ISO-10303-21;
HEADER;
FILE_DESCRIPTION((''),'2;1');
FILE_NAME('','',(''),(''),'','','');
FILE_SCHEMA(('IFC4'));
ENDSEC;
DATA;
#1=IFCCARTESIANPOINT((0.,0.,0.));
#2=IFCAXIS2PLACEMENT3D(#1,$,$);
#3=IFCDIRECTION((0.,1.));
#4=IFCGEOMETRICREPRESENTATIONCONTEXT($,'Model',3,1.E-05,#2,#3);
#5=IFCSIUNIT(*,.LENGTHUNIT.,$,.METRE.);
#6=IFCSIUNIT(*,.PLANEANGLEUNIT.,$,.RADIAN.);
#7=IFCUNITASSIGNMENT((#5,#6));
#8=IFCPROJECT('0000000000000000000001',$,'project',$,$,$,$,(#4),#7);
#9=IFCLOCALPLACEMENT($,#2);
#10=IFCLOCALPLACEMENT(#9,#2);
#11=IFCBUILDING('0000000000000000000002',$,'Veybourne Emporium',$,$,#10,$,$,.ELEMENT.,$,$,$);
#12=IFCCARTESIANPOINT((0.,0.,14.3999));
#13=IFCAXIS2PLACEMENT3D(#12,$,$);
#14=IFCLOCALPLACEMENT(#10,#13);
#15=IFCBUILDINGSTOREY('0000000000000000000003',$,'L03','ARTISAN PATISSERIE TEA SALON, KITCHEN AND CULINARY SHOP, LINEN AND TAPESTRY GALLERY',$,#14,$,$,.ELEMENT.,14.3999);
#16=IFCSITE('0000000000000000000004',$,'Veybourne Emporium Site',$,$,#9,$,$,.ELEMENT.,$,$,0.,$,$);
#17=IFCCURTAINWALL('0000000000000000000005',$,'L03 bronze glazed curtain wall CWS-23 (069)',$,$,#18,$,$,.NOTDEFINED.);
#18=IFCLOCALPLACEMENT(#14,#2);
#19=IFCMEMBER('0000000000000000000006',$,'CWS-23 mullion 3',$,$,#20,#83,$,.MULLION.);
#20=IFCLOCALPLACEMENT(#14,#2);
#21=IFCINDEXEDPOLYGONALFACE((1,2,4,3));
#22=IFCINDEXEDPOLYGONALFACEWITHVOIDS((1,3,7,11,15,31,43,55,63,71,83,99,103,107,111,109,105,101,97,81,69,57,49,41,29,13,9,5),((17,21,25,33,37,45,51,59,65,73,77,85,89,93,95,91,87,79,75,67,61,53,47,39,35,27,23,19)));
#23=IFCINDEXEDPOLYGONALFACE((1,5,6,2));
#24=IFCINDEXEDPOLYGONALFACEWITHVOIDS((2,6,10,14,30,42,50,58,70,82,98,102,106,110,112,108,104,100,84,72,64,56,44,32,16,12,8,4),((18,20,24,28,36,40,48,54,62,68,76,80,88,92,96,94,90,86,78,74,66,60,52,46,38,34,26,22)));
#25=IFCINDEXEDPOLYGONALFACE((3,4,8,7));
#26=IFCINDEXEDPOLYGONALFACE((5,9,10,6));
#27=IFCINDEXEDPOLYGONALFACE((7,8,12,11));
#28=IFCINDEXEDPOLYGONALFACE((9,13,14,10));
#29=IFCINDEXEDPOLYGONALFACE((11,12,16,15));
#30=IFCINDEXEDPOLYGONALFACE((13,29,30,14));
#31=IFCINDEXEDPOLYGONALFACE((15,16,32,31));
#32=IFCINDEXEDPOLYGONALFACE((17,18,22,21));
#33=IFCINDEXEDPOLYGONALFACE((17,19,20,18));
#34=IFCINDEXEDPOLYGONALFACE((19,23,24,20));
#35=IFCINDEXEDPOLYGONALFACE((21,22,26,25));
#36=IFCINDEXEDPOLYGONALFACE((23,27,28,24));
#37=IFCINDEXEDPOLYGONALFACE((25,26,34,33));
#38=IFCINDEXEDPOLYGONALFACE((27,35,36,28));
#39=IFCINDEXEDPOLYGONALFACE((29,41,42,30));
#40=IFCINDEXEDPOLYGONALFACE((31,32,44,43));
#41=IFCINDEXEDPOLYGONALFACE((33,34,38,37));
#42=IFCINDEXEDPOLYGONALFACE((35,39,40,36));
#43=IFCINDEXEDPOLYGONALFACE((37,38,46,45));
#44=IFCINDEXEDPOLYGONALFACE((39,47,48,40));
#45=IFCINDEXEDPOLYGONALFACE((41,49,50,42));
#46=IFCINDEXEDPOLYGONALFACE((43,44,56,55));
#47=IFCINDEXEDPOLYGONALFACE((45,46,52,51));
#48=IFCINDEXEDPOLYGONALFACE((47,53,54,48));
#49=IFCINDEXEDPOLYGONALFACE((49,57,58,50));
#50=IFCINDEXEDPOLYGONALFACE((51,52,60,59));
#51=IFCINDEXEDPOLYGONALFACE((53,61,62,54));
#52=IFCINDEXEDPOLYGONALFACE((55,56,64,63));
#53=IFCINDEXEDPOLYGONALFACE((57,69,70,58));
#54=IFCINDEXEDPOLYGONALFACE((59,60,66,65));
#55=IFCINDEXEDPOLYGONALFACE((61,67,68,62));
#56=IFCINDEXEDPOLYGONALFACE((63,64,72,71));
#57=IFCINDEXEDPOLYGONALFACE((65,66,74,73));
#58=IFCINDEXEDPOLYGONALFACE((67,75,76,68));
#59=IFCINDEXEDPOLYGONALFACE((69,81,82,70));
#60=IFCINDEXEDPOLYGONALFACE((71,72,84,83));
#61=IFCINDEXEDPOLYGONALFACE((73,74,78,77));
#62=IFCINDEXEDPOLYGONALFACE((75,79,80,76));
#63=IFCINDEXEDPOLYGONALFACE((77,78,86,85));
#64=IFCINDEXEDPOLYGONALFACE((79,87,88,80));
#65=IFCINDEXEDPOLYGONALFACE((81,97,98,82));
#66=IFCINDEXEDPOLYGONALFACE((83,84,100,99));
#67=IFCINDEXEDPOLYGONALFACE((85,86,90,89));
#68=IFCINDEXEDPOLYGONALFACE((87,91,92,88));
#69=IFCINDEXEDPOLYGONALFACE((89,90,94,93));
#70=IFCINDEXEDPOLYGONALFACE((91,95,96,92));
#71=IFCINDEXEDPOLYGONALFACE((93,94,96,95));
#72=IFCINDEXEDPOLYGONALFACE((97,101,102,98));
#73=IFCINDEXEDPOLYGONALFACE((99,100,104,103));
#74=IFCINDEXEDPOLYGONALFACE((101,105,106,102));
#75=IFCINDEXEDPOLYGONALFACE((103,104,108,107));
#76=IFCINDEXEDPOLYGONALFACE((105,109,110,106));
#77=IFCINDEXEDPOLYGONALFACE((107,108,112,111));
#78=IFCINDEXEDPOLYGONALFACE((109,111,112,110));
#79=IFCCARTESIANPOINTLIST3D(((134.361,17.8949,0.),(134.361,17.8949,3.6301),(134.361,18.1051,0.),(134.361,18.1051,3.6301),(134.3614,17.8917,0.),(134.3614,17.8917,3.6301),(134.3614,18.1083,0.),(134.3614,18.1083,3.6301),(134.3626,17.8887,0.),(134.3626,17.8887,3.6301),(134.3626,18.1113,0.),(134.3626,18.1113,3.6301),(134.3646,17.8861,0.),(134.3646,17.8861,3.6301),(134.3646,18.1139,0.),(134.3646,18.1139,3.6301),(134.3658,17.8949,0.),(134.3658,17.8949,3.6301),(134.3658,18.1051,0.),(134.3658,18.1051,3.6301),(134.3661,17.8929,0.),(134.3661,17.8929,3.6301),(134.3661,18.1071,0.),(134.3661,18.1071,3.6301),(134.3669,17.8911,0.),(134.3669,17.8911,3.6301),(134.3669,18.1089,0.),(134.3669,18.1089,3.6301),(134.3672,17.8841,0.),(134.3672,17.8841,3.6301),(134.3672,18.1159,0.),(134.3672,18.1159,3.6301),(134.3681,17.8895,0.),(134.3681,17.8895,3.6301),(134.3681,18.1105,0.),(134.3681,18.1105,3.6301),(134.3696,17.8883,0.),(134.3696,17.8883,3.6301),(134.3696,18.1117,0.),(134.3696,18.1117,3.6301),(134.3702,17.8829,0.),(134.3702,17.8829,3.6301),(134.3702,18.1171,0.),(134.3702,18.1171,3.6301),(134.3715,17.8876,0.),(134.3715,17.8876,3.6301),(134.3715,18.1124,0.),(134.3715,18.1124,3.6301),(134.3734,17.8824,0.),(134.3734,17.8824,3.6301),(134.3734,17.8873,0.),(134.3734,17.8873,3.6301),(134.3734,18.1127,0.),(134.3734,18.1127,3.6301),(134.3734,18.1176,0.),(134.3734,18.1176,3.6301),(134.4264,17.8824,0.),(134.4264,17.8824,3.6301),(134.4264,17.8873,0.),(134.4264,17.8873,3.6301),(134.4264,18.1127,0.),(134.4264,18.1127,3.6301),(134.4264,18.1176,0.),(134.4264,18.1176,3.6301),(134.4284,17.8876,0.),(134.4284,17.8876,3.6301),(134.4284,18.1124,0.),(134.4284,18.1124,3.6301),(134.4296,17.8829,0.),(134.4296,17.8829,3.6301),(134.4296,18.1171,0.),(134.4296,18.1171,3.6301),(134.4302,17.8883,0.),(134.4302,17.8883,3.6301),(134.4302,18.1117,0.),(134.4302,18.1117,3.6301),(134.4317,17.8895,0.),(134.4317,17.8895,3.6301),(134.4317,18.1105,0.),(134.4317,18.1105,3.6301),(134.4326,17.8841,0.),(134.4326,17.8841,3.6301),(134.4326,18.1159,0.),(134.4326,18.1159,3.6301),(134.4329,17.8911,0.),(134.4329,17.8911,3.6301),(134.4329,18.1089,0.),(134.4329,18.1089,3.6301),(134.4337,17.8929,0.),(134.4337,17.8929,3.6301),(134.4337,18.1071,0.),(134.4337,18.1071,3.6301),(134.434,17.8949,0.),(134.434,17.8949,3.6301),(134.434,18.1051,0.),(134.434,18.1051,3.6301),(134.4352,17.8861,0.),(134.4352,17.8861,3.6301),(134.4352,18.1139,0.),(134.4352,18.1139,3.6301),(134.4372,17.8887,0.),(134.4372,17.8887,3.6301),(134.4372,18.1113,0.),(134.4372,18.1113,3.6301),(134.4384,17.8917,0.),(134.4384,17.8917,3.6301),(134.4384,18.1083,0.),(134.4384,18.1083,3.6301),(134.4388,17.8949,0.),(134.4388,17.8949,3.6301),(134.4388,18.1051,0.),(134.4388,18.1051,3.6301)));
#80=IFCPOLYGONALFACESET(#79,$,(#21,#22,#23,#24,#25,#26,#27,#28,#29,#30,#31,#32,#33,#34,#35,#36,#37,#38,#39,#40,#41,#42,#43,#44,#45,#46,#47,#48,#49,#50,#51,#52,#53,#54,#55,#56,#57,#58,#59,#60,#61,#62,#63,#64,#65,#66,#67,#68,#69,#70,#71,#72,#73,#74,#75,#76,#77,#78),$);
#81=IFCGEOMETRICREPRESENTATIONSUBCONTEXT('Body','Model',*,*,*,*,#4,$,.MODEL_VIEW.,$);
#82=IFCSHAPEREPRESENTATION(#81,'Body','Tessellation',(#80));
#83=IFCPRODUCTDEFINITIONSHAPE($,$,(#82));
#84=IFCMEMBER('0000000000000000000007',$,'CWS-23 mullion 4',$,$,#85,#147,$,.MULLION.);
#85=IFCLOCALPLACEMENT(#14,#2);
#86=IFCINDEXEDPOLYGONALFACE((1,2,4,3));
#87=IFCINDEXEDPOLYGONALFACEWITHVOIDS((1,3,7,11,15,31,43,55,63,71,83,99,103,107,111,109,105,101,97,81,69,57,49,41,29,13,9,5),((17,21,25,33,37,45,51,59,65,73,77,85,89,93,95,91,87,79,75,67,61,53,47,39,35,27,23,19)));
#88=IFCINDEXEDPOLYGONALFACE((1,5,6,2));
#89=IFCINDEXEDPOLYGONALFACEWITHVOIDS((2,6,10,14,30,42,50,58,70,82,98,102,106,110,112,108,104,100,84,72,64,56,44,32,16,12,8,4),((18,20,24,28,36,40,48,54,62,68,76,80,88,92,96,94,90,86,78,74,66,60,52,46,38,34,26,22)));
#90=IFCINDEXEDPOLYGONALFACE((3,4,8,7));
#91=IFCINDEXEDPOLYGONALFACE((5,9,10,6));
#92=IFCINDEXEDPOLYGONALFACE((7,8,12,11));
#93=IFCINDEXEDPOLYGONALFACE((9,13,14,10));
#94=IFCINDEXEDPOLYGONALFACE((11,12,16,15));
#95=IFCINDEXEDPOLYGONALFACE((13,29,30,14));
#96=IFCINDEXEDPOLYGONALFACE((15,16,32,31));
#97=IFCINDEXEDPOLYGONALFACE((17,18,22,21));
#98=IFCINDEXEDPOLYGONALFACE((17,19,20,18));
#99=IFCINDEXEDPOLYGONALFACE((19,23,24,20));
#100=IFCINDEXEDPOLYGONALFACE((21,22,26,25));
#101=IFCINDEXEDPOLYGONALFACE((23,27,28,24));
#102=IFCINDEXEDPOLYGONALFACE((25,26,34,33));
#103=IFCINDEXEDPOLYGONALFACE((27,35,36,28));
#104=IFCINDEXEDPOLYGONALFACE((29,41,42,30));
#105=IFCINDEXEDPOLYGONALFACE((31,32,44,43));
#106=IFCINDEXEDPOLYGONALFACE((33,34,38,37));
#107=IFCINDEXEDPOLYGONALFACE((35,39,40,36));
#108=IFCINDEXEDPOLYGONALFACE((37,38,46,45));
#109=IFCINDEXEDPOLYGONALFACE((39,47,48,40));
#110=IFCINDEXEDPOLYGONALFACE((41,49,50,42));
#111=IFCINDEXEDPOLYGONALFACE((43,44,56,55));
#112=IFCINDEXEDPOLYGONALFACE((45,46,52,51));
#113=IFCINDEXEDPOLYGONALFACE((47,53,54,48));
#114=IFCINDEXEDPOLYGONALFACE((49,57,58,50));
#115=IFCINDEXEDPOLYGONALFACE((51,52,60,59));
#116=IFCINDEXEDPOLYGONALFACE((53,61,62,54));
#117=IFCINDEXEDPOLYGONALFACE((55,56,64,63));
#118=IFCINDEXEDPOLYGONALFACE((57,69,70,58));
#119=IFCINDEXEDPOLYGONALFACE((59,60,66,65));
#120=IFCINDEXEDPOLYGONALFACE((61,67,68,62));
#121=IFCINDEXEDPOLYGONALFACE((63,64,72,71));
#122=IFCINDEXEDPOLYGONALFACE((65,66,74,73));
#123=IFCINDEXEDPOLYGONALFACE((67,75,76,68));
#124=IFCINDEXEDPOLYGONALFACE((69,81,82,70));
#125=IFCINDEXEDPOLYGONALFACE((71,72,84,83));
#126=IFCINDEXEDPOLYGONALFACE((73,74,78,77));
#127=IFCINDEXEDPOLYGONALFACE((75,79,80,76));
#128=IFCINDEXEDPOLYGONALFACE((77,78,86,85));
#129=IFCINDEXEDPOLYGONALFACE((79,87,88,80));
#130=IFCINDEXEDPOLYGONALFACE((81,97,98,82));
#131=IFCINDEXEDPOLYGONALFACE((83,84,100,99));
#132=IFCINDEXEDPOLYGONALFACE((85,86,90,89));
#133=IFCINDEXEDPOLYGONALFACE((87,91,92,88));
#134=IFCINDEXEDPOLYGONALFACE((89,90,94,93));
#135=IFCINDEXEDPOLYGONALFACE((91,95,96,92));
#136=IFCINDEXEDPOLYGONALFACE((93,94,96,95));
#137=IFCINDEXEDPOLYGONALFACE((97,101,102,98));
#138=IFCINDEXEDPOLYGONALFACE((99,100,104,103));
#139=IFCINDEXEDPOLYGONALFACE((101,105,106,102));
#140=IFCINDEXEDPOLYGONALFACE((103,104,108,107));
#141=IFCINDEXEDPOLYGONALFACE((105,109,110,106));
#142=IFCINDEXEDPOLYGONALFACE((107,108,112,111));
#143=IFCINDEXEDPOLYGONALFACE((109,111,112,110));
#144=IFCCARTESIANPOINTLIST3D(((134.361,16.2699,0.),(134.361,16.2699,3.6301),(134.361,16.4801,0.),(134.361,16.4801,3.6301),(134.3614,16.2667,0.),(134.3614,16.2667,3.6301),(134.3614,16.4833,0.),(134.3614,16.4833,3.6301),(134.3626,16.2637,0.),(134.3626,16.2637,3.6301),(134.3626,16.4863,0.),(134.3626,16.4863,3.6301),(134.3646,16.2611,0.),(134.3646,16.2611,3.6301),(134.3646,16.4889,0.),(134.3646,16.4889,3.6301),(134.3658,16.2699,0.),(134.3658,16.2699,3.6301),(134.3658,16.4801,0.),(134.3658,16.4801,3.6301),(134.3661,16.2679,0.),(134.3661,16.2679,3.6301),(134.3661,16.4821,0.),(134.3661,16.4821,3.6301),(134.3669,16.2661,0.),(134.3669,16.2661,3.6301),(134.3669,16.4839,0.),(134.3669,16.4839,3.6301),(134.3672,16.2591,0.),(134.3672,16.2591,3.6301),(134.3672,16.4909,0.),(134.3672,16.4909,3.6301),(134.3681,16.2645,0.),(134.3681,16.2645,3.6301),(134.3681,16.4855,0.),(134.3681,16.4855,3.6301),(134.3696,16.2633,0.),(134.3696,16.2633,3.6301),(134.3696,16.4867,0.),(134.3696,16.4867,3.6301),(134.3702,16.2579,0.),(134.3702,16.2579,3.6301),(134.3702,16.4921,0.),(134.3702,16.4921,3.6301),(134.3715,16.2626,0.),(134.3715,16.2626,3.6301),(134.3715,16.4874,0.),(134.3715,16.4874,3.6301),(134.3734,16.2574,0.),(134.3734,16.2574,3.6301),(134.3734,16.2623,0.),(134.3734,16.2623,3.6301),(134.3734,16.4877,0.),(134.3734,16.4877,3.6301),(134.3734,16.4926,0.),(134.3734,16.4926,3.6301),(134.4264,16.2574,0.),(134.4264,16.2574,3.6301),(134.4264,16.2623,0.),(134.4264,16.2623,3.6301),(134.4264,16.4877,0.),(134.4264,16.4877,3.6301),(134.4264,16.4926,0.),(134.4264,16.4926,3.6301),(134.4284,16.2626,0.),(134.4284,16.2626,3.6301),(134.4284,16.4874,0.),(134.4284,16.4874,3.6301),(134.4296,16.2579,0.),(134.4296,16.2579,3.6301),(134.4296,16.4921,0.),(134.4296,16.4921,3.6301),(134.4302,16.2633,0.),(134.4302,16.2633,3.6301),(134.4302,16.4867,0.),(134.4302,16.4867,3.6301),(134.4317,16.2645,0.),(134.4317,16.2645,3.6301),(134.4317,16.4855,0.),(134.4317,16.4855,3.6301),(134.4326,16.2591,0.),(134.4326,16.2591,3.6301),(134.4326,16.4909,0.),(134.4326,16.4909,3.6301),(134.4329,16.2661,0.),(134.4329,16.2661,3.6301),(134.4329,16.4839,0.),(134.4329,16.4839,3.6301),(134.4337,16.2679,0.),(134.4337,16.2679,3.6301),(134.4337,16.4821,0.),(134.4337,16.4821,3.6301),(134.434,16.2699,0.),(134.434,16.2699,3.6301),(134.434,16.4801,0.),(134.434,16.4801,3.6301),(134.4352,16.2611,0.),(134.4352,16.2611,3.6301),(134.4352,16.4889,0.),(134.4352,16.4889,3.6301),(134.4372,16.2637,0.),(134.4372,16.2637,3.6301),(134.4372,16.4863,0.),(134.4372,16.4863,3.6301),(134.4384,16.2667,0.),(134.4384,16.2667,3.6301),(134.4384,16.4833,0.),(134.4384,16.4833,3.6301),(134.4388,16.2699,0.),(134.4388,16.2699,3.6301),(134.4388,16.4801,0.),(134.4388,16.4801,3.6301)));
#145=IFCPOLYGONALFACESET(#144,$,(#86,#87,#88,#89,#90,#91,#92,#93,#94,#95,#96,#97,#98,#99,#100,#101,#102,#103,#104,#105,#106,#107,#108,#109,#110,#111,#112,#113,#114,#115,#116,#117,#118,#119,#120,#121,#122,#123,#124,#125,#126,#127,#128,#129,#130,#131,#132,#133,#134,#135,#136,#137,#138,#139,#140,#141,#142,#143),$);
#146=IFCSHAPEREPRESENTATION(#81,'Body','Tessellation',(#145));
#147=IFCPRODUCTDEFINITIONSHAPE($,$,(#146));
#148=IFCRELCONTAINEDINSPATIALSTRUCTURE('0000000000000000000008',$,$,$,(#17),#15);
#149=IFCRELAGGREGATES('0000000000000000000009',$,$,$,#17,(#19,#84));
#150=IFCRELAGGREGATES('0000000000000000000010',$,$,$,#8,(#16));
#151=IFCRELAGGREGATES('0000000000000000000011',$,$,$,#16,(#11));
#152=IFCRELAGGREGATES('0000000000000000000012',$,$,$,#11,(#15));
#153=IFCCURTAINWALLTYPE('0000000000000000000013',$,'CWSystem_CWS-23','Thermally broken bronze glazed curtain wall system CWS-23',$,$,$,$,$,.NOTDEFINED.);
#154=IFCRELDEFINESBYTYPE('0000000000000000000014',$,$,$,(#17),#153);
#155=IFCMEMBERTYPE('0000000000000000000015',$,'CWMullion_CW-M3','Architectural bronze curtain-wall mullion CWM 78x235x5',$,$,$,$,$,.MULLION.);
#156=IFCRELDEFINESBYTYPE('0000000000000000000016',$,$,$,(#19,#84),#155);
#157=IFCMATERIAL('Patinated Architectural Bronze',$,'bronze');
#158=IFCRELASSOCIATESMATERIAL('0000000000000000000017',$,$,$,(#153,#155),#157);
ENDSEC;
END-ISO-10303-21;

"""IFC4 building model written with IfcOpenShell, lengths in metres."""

from ifc_helpers import new_model, si_unit, direction, frame, origin, origin_2d, place, context, subcontext, project, spatial, hollow_rectangle, extrude, material, material_profile, profile_set, type_object, element, aggregate, save


model = new_model("IFC4")

# Units and contexts
model_context = context("Model", 3, precision=1e-05, world=origin(), true_north=direction((0.0, 1.0)))
body_context = subcontext(model_context, "Body", "Model", "MODEL_VIEW")
ifc_project = project(units=[si_unit("LENGTHUNIT", "METRE"), si_unit("PLANEANGLEUNIT", "RADIAN")], contexts=[model_context])

# Site, building, storey
site_placement = place(None, origin())
site = spatial("IfcSite", under=ifc_project, at=site_placement, Name="Veybourne Emporium Site", CompositionType="ELEMENT", RefElevation=0.0)
building_placement = place(site_placement, origin())
building = spatial("IfcBuilding", under=site, at=building_placement, Name="Veybourne Emporium", CompositionType="ELEMENT")
storey_placement = place(building_placement, frame((0.0, 0.0, 14.3999)))
storey = spatial("IfcBuildingStorey", under=building, at=storey_placement, Name="L03", Description="ARTISAN PATISSERIE TEA SALON, KITCHEN AND CULINARY SHOP, LINEN AND TAPESTRY GALLERY", CompositionType="ELEMENT", Elevation=14.3999)

# Curtain wall, members
ifc_material_1 = material(Name="Patinated Architectural Bronze", Category="bronze")
curtain_wall_type = type_object("IfcCurtainWallType", Name="CWSystem_CWS-23", Description="Thermally broken bronze glazed curtain wall system CWS-23", PredefinedType="NOTDEFINED", material=ifc_material_1)
curtain_wall_placement = place(storey_placement, origin())
curtain_wall = element("IfcCurtainWall", 1, at=curtain_wall_placement, inside=storey, type_object=curtain_wall_type, Name="L03 bronze glazed curtain wall CWS-23 (069)", PredefinedType="NOTDEFINED")
ifc_material_profile_1 = material_profile(ifc_material_1, hollow_rectangle(XDim=0.0779, YDim=0.2351, WallThickness=0.0049, InnerFilletRadius=0.0076, OuterFilletRadius=0.0125, at=origin_2d()), Name="CWM 78x235x5")
ifc_profile_set_1 = profile_set([ifc_material_profile_1], Name="Patinated Architectural Bronze")
member_type_1 = type_object("IfcMemberType", Name="CWMullion_CW-M3", Description="Architectural bronze curtain-wall mullion CWM 78x235x5", PredefinedType="MULLION", material=ifc_profile_set_1)
member_1_placement = place(storey_placement, frame((134.3999, 18.0, 0.0), z_axis=(0.0, 0.0, 1.0), x_axis=(1.0, 0.0, 0.0)))
member_1 = element("IfcMember", 2, at=member_1_placement, type_object=member_type_1, Name="CWS-23 mullion 3", PredefinedType="MULLION", context=body_context, shape_type="SweptSolid", body=[
    extrude(hollow_rectangle(XDim=0.0779, YDim=0.2351, WallThickness=0.0049, InnerFilletRadius=0.0076, OuterFilletRadius=0.0125, at=origin_2d()), origin(), (0.0, 0.0, 1.0), 3.6301),
])
member_2_placement = place(storey_placement, frame((134.3999, 16.375, 0.0), z_axis=(0.0, 0.0, 1.0), x_axis=(1.0, 0.0, 0.0)))
member_2 = element("IfcMember", 3, at=member_2_placement, type_object=member_type_1, Name="CWS-23 mullion 4", PredefinedType="MULLION", context=body_context, shape_type="SweptSolid", body=[
    extrude(hollow_rectangle(XDim=0.0779, YDim=0.2351, WallThickness=0.0049, InnerFilletRadius=0.0076, OuterFilletRadius=0.0125, at=origin_2d()), origin(), (0.0, 0.0, 1.0), 3.6301),
])
aggregate(curtain_wall, [member_1, member_2])

save(model, "model.ifc")
